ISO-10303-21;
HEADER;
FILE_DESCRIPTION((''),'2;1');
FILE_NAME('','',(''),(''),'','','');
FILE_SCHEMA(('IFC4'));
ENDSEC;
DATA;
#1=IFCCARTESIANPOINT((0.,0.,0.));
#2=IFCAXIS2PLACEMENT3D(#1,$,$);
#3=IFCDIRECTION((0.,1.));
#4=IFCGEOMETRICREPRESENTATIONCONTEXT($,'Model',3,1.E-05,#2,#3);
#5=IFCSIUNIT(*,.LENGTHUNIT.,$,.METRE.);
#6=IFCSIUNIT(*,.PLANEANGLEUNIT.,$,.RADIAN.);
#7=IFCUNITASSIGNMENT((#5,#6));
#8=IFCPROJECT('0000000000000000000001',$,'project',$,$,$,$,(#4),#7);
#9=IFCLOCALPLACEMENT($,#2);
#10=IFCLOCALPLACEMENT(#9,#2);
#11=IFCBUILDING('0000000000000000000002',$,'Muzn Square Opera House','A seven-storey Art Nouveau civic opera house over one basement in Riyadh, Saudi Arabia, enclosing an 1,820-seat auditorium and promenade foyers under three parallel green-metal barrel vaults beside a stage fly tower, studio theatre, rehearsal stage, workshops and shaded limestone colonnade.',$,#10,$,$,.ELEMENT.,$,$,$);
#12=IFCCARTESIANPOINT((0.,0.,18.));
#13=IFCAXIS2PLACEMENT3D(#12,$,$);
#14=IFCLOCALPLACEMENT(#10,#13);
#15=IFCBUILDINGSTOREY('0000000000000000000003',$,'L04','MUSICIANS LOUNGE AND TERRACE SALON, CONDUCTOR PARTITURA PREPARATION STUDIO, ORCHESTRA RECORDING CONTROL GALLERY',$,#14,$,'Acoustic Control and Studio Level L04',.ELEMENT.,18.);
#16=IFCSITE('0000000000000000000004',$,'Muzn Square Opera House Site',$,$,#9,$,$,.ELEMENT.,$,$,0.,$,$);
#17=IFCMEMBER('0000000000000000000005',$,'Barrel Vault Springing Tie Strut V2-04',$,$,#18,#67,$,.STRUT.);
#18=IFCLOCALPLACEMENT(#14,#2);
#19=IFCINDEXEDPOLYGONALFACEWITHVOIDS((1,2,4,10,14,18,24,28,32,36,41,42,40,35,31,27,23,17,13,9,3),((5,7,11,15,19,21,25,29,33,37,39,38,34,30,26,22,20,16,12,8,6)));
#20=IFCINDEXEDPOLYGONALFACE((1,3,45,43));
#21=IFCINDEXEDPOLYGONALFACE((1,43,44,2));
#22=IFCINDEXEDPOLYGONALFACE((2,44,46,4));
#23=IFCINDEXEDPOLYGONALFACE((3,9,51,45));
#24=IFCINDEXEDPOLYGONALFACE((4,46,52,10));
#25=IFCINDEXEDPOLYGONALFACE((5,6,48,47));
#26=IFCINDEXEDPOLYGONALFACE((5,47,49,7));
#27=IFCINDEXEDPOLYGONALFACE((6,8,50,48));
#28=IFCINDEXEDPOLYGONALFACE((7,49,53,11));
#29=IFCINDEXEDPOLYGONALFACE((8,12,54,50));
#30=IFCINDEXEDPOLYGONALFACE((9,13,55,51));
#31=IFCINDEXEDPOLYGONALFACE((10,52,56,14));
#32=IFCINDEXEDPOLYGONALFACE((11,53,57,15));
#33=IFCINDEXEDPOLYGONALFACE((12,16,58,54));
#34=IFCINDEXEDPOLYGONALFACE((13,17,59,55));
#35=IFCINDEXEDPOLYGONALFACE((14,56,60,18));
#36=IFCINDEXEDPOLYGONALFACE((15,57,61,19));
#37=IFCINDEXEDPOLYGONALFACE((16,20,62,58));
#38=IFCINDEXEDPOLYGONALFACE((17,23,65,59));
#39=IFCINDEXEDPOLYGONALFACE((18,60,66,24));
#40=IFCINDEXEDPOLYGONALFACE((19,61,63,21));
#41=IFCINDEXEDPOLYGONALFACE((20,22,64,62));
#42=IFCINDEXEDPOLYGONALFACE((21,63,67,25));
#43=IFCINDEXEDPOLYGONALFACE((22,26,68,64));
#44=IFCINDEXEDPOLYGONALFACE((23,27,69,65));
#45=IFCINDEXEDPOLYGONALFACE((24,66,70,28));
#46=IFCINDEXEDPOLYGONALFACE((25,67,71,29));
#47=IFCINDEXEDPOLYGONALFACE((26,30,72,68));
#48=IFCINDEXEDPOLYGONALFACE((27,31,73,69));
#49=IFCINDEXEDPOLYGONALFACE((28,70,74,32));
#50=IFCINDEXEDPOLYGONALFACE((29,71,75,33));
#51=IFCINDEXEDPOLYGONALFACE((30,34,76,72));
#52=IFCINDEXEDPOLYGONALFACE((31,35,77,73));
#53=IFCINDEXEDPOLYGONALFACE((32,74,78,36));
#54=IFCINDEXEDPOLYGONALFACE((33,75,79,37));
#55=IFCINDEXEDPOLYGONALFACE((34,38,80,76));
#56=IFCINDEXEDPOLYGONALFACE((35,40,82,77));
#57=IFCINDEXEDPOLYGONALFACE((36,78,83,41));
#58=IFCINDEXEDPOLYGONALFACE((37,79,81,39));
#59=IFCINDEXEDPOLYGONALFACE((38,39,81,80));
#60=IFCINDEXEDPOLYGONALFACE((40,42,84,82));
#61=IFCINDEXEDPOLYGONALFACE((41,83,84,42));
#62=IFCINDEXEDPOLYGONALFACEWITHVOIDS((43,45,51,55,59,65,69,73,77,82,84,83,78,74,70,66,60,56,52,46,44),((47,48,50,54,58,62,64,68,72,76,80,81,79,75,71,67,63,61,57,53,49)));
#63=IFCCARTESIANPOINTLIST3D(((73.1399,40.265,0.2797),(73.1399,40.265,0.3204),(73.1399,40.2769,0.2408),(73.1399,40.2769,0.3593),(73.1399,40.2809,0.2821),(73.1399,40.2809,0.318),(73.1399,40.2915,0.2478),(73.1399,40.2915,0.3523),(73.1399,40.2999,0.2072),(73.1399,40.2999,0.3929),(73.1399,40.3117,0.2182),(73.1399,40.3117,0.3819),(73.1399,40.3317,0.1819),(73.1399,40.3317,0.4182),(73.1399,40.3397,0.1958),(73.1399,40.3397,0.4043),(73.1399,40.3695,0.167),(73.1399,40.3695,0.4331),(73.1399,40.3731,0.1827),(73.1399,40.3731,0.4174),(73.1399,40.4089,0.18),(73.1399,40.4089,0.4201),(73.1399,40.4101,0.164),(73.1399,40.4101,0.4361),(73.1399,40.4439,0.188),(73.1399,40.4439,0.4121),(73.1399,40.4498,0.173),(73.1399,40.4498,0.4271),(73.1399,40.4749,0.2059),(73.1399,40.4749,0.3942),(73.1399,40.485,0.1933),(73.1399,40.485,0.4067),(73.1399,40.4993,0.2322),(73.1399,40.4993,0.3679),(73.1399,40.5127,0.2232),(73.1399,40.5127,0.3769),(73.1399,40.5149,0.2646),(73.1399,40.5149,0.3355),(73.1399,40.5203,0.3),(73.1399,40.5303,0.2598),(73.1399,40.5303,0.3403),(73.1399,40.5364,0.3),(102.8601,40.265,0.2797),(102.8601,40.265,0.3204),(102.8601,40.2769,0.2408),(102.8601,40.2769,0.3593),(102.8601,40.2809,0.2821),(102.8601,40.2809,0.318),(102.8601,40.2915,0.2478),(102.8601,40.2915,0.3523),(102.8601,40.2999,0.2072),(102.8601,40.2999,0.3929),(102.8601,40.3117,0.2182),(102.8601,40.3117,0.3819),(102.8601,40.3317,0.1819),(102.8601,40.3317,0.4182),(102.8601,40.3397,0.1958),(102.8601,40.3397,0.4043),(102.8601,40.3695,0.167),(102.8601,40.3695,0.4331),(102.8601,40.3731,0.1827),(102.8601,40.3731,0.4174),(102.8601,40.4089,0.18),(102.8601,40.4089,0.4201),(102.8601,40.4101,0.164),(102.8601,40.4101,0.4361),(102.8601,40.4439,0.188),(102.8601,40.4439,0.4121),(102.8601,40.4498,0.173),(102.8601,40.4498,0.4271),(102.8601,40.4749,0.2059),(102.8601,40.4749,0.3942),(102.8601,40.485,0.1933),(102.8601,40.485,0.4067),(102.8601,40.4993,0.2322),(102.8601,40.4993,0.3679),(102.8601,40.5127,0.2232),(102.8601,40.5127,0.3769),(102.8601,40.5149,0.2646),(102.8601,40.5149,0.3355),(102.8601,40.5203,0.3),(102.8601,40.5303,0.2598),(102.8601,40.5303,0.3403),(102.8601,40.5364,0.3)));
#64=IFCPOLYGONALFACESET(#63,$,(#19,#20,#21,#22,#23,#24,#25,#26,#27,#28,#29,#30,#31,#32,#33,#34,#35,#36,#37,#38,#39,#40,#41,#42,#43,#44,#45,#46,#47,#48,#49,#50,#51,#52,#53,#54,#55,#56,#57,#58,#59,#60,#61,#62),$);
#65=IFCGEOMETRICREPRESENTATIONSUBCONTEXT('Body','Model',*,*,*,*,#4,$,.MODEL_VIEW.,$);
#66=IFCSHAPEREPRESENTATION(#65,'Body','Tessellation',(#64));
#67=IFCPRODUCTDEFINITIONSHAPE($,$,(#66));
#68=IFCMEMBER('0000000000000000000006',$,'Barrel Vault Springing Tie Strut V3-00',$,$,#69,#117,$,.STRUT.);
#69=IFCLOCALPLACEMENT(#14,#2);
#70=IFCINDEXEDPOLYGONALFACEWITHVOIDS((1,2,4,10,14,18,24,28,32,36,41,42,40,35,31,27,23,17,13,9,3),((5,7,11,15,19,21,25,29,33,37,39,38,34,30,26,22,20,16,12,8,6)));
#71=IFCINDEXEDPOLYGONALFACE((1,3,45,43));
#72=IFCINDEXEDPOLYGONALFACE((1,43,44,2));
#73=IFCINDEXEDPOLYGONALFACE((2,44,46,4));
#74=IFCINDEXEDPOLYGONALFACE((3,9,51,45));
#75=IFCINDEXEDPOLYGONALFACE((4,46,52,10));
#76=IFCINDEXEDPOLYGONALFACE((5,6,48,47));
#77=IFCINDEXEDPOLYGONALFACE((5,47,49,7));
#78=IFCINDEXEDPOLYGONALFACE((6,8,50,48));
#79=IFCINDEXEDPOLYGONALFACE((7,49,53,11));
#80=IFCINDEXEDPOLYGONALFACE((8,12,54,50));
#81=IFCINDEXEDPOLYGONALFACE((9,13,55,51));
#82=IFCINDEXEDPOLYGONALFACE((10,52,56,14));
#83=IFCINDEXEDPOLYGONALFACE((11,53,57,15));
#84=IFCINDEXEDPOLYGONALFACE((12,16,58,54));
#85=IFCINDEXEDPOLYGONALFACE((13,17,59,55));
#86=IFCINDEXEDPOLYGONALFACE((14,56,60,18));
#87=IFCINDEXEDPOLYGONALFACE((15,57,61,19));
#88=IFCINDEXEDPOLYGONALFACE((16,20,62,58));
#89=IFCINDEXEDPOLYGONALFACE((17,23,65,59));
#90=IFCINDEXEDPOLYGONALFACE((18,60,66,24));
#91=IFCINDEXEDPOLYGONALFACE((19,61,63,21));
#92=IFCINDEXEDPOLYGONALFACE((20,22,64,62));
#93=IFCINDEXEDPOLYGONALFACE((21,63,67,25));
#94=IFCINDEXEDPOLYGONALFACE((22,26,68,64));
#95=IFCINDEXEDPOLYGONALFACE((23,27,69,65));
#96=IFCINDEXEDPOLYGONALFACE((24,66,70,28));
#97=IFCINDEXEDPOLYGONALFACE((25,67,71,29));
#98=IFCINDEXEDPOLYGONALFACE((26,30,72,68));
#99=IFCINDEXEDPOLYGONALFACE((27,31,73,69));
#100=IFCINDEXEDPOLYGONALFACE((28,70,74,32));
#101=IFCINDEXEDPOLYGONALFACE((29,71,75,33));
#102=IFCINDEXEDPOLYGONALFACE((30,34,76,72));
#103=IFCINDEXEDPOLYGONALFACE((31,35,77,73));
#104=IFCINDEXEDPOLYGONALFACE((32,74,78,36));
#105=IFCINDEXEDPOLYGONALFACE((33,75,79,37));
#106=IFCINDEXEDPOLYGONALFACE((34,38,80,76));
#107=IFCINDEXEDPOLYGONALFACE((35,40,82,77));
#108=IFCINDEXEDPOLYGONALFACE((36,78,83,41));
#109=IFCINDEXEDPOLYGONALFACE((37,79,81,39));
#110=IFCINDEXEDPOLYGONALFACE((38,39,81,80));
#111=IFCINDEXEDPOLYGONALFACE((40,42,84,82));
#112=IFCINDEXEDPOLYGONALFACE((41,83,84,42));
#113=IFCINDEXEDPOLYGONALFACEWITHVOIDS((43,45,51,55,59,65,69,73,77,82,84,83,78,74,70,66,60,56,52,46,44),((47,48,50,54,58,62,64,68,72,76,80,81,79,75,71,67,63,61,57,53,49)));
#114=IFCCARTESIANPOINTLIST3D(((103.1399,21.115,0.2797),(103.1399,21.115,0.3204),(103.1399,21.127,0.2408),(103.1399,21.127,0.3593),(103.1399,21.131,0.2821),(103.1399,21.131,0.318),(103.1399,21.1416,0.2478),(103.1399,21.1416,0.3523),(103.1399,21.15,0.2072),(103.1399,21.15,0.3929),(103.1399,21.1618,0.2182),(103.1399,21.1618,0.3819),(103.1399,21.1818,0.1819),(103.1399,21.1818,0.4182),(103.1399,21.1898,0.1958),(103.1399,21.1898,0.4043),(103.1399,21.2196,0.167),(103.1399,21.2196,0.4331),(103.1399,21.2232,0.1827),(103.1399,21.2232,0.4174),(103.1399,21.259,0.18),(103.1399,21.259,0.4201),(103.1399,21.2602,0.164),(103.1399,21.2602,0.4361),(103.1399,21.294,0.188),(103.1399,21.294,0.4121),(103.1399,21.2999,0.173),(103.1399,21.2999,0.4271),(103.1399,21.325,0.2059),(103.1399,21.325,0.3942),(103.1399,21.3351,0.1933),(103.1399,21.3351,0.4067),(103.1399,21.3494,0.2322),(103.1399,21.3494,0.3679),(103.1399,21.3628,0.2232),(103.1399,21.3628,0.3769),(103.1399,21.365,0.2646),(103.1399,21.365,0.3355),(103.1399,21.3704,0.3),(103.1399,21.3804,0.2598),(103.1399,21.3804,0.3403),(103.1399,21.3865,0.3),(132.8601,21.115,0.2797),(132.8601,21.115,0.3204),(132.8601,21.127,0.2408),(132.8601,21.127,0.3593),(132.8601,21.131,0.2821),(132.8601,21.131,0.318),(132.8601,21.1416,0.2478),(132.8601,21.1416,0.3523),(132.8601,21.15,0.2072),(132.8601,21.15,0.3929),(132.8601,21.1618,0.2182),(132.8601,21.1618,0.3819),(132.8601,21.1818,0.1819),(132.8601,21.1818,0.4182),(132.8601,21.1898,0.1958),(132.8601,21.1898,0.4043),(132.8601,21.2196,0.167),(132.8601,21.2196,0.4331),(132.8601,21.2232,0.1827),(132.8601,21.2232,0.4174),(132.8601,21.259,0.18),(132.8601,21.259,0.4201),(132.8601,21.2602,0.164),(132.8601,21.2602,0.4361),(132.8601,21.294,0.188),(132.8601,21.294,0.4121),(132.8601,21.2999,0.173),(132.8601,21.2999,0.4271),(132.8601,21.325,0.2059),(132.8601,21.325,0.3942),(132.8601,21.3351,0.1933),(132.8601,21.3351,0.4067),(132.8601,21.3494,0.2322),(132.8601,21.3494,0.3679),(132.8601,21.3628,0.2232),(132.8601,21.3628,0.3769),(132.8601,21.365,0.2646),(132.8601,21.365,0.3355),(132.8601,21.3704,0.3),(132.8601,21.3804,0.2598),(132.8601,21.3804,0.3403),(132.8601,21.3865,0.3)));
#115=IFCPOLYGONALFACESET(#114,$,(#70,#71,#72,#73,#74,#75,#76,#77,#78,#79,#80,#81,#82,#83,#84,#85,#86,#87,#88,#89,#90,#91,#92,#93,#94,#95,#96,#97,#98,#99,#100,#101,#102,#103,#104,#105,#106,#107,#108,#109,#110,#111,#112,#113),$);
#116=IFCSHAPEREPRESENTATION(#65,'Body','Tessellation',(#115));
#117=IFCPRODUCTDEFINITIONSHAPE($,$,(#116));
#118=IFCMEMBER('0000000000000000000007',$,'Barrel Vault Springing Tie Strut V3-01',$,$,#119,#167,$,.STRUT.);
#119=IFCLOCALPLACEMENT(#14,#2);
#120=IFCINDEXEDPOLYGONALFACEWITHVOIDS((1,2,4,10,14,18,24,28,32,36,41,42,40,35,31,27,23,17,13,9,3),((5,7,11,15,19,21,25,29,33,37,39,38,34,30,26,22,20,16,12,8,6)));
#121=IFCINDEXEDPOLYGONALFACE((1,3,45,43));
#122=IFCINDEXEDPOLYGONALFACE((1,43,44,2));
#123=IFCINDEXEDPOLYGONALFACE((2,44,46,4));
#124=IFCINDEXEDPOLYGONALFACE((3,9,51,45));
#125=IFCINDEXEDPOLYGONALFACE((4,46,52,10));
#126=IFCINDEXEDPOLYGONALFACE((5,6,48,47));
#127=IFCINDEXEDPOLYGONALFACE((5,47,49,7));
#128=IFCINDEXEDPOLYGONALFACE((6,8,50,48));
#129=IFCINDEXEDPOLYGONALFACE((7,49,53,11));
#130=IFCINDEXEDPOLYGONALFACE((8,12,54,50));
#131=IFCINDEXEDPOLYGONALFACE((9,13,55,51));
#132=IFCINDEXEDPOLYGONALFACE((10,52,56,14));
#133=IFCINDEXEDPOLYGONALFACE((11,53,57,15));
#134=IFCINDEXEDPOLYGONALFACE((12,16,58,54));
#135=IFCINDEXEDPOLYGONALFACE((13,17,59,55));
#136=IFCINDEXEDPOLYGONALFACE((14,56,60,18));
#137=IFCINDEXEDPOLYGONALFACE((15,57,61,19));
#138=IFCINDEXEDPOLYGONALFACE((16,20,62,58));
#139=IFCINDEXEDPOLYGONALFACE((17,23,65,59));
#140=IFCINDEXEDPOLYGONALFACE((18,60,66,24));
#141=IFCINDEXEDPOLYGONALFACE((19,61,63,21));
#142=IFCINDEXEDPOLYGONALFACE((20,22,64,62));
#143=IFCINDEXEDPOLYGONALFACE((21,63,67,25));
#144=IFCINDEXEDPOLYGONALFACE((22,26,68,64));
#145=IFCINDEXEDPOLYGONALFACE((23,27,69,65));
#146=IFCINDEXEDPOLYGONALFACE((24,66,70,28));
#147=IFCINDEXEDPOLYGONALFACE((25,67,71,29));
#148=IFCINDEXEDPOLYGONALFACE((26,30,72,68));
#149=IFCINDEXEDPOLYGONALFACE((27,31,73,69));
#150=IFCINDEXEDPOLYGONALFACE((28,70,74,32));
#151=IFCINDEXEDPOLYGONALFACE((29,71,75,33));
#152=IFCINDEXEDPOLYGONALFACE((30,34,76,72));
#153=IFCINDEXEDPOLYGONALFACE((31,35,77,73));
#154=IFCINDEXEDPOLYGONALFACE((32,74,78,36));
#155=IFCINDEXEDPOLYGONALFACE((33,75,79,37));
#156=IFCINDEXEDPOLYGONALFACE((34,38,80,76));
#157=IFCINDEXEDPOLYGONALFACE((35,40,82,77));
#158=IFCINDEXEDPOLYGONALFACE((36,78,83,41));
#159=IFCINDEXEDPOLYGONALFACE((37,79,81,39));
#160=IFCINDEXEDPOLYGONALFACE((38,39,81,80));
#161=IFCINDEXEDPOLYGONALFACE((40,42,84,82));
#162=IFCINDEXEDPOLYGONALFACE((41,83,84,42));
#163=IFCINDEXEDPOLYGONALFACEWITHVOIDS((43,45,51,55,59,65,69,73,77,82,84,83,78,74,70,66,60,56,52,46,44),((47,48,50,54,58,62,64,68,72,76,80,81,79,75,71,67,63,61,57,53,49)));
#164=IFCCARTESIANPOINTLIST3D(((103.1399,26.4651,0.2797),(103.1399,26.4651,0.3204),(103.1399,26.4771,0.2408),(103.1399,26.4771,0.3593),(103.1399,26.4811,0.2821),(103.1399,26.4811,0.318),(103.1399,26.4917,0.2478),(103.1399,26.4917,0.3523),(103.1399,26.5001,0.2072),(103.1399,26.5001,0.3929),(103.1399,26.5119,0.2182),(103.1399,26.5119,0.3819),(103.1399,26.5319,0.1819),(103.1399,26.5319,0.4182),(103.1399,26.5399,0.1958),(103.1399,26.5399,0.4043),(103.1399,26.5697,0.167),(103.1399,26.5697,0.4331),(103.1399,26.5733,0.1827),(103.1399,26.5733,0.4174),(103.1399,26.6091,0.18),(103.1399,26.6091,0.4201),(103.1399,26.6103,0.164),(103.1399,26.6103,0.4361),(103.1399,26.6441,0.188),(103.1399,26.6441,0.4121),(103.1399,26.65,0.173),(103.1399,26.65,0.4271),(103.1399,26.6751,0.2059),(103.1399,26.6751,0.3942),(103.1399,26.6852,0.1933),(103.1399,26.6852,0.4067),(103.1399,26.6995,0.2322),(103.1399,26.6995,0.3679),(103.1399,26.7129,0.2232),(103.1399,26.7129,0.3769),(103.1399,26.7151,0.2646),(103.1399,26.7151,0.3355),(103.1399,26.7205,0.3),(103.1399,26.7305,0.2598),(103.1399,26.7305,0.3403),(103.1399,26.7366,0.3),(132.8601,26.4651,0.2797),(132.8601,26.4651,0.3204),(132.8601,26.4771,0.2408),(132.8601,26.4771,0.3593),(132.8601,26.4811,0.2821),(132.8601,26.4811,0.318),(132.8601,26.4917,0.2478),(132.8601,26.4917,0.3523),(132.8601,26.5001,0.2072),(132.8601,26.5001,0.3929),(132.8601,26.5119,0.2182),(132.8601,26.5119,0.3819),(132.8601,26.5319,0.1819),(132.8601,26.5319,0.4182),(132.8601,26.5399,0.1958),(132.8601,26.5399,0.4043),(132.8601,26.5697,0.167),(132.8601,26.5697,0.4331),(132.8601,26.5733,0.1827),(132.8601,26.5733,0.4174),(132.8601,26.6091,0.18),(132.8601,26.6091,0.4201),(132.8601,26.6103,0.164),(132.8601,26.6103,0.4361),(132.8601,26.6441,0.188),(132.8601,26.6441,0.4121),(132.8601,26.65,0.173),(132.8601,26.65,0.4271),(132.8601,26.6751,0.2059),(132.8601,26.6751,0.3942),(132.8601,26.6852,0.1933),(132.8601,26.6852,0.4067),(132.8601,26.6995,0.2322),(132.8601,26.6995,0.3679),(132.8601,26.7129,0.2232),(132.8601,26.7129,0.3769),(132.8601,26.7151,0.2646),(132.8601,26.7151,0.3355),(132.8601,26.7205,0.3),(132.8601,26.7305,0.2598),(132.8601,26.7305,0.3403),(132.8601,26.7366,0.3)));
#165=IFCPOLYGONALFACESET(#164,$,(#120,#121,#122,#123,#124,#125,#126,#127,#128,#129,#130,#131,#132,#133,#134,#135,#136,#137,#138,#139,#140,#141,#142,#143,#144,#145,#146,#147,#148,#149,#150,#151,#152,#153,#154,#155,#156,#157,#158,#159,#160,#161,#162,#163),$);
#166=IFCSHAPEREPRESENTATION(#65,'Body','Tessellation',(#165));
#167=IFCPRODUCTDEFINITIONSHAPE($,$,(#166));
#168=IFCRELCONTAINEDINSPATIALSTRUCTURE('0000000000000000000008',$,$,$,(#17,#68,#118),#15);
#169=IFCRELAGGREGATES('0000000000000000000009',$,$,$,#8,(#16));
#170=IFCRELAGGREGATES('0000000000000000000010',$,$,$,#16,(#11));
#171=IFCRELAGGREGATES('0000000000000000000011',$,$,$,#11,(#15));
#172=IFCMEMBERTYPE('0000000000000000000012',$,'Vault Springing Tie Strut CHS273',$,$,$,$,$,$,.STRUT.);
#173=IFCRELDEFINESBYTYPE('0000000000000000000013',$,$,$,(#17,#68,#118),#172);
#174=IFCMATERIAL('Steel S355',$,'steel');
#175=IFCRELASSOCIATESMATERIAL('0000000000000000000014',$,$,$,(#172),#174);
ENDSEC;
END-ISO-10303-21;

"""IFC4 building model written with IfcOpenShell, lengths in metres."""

from ifc_helpers import new_model, si_unit, direction, frame, origin, origin_2d, place, context, subcontext, project, spatial, hollow_circle, extrude, material, material_profile, profile_set, type_object, element, save


model = new_model("IFC4")

# Units and contexts
model_context = context("Model", 3, precision=1e-05, world=origin(), true_north=direction((0.0, 1.0)))
body_context = subcontext(model_context, "Body", "Model", "MODEL_VIEW")
ifc_project = project(units=[si_unit("LENGTHUNIT", "METRE"), si_unit("PLANEANGLEUNIT", "RADIAN")], contexts=[model_context])

# Site, building, storey
site_placement = place(None, origin())
site = spatial("IfcSite", under=ifc_project, at=site_placement, Name="Muzn Square Opera House Site", CompositionType="ELEMENT", RefElevation=0.0)
building_placement = place(site_placement, origin())
building = spatial("IfcBuilding", under=site, at=building_placement, Name="Muzn Square Opera House", Description="A seven-storey Art Nouveau civic opera house over one basement in Riyadh, Saudi Arabia, enclosing an 1,820-seat auditorium and promenade foyers under three parallel green-metal barrel vaults beside a stage fly tower, studio theatre, rehearsal stage, workshops and shaded limestone colonnade.", CompositionType="ELEMENT")
storey_placement = place(building_placement, frame((0.0, 0.0, 18.0)))
storey = spatial("IfcBuildingStorey", under=building, at=storey_placement, Name="L04", Description="MUSICIANS LOUNGE AND TERRACE SALON, CONDUCTOR PARTITURA PREPARATION STUDIO, ORCHESTRA RECORDING CONTROL GALLERY", LongName="Acoustic Control and Studio Level L04", CompositionType="ELEMENT", Elevation=18.0)

# Shared definitions
ifc_material = material(Name="Steel S355", Category="steel")

# Members
ifc_material_profile_1 = material_profile(ifc_material, hollow_circle(Radius=0.1365, WallThickness=0.0161, at=origin_2d()), Name="CHS 273x16", Category="steel")
ifc_profile_set_1 = profile_set([ifc_material_profile_1], Name="Steel S355")
member_type = type_object("IfcMemberType", Name="Vault Springing Tie Strut CHS273", PredefinedType="STRUT", material=ifc_profile_set_1)
for number, where, z_axis, x_axis, name in (
    (1, (73.1399, 40.3999, 0.3), (1.0, 0.0, 0.0), (0.0, 1.0, 0.0), "Barrel Vault Springing Tie Strut V2-04"),
    (2, (103.1399, 21.25, 0.3), (1.0, 0.0, 0.0), (0.0, 1.0, 0.0), "Barrel Vault Springing Tie Strut V3-00"),
    (3, (103.1399, 26.6001, 0.3), (1.0, 0.0, 0.0), (0.0, 1.0, 0.0), "Barrel Vault Springing Tie Strut V3-01"),
):
    element("IfcMember", number, at=place(storey_placement, frame(where, z_axis=z_axis, x_axis=x_axis)), inside=storey, type_object=member_type, Name=name, PredefinedType="STRUT", context=body_context, shape_type="SweptSolid", body=[
        extrude(hollow_circle(Radius=0.1365, WallThickness=0.0161, at=origin_2d()), origin(), (0.0, 0.0, 1.0), 29.7202),
    ])

save(model, "model.ifc")
